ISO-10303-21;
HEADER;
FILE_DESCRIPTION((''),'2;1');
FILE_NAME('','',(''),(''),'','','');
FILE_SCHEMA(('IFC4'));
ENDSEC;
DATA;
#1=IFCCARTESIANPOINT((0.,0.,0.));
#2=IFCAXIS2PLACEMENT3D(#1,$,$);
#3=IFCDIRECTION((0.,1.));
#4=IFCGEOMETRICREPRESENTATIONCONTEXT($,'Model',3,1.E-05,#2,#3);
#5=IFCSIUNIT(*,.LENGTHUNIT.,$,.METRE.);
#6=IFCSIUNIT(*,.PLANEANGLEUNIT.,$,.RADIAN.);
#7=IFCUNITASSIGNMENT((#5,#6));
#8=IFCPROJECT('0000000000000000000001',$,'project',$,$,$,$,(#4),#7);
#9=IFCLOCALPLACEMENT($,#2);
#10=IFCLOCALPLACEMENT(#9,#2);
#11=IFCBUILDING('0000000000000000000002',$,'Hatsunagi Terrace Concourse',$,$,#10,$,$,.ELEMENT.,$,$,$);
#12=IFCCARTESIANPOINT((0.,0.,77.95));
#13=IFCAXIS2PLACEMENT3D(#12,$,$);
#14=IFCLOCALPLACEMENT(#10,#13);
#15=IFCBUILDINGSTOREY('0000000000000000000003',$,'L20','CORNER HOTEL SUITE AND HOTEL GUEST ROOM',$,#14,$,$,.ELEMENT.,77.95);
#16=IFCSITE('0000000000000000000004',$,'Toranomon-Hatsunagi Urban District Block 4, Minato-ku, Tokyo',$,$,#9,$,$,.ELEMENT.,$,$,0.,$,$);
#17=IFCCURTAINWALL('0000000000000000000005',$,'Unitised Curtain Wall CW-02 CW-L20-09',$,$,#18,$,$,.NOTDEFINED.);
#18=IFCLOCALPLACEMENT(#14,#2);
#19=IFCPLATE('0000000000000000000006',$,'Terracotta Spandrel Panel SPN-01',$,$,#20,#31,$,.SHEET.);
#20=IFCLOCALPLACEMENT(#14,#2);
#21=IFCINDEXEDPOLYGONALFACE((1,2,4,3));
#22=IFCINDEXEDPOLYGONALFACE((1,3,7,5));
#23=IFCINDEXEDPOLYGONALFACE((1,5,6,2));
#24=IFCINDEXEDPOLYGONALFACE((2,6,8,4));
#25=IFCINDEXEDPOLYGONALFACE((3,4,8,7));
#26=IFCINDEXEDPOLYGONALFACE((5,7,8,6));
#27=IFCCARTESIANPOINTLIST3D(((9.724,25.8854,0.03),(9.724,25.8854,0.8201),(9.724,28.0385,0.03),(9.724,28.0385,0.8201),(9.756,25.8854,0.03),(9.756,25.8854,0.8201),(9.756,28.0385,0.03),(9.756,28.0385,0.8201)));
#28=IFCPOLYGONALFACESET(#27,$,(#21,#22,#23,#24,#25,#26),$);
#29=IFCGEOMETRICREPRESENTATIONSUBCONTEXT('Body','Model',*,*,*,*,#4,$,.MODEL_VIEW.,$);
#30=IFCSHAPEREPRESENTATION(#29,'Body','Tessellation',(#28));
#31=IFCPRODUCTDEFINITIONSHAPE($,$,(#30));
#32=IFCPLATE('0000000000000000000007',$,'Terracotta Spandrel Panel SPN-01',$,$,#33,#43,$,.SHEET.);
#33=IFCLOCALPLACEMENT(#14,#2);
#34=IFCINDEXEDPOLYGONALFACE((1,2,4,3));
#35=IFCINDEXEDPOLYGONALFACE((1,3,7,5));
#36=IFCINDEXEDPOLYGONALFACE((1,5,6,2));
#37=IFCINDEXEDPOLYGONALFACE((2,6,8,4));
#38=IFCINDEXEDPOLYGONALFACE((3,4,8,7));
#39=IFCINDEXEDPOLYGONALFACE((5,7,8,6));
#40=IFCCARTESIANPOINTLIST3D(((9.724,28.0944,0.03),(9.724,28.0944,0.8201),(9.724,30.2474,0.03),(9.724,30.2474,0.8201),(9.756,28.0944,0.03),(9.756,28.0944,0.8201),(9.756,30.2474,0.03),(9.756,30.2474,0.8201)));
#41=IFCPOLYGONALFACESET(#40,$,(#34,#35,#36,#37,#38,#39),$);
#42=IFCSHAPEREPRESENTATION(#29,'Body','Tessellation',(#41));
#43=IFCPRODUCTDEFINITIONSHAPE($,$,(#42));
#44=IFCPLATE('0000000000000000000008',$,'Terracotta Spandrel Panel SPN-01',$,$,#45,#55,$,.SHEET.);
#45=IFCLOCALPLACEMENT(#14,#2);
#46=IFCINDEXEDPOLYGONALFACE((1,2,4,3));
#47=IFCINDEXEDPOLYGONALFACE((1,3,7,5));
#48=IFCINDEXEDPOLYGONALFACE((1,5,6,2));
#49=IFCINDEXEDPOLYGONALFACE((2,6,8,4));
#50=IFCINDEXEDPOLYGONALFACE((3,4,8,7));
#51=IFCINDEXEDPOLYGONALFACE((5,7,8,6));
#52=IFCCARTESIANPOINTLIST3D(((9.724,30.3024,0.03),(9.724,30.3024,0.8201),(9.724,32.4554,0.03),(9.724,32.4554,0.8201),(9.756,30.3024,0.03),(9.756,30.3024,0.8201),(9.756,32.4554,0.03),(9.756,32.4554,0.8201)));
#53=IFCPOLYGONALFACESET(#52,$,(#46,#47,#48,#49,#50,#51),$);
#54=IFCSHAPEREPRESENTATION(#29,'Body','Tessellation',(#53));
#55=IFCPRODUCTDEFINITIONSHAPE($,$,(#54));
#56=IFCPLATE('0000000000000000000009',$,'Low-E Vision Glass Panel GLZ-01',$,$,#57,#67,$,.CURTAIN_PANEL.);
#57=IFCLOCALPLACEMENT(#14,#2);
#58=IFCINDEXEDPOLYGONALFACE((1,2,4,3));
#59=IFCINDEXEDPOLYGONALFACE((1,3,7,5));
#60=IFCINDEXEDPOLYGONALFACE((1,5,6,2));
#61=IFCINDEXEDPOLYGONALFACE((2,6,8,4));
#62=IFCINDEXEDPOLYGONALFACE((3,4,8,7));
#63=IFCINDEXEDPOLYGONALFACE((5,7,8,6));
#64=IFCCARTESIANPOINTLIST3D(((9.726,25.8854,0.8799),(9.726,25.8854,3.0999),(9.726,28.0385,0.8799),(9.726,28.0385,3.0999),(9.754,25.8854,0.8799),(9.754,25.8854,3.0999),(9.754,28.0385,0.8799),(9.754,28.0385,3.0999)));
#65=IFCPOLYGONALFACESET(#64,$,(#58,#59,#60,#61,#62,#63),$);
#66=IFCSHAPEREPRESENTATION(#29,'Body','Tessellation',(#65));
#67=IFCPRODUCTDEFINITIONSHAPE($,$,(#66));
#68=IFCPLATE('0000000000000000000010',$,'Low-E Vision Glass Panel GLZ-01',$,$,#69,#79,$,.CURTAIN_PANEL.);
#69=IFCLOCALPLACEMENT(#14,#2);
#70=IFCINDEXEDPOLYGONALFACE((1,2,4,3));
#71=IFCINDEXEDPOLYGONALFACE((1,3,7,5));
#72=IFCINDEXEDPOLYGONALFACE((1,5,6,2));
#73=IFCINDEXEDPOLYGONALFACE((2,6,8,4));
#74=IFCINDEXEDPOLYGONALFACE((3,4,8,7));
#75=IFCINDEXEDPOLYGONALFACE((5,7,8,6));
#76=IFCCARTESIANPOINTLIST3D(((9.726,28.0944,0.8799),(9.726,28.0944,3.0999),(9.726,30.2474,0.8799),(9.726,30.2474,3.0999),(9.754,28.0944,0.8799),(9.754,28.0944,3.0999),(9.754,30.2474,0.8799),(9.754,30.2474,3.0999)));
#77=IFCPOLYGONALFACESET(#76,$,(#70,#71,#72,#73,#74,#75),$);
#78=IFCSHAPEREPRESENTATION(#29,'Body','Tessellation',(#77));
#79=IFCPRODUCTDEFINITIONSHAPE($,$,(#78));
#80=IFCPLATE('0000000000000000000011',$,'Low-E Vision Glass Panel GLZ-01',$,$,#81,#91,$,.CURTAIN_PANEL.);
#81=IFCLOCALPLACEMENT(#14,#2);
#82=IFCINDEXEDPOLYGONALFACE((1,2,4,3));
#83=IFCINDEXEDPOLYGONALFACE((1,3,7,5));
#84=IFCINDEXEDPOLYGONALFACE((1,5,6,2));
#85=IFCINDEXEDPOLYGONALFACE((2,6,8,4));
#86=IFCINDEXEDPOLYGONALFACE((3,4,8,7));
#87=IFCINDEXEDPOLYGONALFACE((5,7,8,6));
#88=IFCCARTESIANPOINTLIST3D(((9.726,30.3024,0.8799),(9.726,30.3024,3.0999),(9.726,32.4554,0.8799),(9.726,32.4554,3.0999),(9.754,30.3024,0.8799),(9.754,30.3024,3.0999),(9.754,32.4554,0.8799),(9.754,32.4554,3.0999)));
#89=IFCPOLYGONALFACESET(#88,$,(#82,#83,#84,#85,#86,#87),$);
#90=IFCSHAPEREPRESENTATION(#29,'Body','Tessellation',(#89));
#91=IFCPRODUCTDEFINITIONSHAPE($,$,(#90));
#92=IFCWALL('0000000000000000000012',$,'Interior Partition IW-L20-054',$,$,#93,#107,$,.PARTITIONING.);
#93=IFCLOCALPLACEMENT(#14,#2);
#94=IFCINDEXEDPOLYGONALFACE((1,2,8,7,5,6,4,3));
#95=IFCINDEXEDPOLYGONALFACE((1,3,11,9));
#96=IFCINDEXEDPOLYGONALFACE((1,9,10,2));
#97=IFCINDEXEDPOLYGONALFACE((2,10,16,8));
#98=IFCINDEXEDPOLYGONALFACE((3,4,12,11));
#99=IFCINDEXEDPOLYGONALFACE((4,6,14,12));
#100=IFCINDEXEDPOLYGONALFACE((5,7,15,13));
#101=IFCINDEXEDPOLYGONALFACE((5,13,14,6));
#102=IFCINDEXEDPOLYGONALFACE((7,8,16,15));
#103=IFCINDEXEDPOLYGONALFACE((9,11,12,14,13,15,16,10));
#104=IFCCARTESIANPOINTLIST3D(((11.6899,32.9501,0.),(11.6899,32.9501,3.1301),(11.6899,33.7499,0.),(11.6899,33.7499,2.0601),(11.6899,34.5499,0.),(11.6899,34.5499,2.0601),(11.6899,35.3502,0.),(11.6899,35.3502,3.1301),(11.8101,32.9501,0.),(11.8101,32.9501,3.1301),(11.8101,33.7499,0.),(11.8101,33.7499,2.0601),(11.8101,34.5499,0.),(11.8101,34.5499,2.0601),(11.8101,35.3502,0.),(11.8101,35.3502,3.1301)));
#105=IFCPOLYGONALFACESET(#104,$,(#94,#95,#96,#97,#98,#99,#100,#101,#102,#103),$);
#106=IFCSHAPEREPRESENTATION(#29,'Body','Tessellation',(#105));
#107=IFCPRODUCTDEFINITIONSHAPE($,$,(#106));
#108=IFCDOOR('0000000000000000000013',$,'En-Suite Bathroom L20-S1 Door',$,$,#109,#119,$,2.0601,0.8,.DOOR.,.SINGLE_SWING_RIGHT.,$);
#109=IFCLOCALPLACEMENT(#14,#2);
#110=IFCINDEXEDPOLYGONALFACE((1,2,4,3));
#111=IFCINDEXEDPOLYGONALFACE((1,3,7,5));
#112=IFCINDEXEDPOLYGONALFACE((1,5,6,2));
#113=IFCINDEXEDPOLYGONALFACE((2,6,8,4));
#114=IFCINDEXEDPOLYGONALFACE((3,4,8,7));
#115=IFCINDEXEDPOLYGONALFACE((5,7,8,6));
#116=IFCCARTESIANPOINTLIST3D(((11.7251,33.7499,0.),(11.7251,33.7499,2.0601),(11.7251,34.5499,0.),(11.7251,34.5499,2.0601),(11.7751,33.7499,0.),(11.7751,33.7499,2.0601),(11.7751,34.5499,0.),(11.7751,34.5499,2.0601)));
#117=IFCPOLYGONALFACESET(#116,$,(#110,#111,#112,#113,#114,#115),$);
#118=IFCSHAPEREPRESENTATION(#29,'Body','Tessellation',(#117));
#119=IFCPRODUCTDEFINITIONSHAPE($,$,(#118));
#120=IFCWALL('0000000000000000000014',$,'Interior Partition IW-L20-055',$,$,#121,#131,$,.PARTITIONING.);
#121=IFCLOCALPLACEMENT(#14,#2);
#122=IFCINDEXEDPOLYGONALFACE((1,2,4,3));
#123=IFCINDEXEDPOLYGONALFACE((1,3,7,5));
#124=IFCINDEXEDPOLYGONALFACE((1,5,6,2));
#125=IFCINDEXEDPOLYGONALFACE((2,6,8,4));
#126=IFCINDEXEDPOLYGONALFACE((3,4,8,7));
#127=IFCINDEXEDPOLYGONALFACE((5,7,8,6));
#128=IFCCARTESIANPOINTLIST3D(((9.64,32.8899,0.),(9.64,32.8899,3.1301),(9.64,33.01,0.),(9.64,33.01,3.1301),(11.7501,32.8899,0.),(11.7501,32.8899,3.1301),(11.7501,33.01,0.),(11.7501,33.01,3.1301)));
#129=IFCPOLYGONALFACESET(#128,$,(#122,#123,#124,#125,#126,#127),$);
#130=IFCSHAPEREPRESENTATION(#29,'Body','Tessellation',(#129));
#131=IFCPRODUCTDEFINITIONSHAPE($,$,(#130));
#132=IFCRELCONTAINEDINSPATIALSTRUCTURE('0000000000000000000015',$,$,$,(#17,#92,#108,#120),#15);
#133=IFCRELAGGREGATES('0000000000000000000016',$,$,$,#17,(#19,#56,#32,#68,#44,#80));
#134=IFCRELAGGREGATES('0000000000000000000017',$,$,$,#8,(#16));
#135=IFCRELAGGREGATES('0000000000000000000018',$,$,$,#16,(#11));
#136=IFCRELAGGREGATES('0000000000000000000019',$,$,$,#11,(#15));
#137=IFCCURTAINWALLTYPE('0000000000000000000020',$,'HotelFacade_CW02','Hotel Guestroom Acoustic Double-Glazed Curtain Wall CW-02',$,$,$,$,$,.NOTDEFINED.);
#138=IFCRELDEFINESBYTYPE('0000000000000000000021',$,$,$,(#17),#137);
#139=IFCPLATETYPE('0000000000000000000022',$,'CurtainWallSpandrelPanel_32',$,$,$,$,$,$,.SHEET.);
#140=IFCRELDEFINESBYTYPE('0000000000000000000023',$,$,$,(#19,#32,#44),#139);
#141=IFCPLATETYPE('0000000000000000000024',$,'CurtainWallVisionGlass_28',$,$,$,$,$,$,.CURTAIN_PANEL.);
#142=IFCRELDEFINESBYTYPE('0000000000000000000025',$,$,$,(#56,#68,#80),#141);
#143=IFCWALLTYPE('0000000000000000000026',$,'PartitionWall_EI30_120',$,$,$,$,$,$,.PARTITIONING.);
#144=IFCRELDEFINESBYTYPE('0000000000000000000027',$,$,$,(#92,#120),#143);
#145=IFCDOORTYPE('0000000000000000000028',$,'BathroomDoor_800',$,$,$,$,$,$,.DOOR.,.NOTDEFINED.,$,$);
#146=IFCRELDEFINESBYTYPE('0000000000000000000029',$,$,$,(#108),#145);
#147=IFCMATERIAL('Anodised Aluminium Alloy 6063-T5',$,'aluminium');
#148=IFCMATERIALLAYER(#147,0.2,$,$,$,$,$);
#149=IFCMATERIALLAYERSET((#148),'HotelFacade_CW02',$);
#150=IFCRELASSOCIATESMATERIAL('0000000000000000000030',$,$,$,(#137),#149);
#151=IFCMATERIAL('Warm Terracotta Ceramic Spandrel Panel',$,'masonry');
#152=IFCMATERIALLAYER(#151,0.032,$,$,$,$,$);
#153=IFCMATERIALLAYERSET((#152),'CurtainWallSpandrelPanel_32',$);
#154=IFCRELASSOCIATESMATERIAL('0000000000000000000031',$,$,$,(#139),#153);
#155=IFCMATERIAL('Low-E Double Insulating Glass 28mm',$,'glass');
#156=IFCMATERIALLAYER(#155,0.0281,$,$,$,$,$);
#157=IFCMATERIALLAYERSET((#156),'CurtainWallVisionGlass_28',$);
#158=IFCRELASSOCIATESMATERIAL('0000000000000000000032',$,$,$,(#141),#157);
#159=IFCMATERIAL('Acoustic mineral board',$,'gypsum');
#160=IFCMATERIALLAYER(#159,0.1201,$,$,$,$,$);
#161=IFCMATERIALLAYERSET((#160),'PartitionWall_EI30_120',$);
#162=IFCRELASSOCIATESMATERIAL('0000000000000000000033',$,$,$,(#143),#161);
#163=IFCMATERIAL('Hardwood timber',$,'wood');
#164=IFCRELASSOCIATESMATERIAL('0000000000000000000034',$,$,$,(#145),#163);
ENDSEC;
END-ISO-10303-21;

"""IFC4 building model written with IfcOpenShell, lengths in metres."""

from ifc_helpers import new_model, si_unit, direction, frame, frame_2d, origin, origin_2d, place, context, subcontext, project, spatial, rectangle, extrude, material, layer, layer_set, type_object, element, fill, aggregate, save


model = new_model("IFC4")

# Units and contexts
model_context = context("Model", 3, precision=1e-05, world=origin(), true_north=direction((0.0, 1.0)))
body_context = subcontext(model_context, "Body", "Model", "MODEL_VIEW")
ifc_project = project(units=[si_unit("LENGTHUNIT", "METRE"), si_unit("PLANEANGLEUNIT", "RADIAN")], contexts=[model_context])

# Site, building, storey
site_placement = place(None, origin())
site = spatial("IfcSite", under=ifc_project, at=site_placement, Name="Toranomon-Hatsunagi Urban District Block 4, Minato-ku, Tokyo", CompositionType="ELEMENT", RefElevation=0.0)
building_placement = place(site_placement, origin())
building = spatial("IfcBuilding", under=site, at=building_placement, Name="Hatsunagi Terrace Concourse", CompositionType="ELEMENT")
storey_placement = place(building_placement, frame((0.0, 0.0, 77.95)))
storey = spatial("IfcBuildingStorey", under=building, at=storey_placement, Name="L20", Description="CORNER HOTEL SUITE AND HOTEL GUEST ROOM", CompositionType="ELEMENT", Elevation=77.95)

# Curtain wall
ifc_material_1 = material(Name="Anodised Aluminium Alloy 6063-T5", Category="aluminium")
ifc_layer_1 = layer(ifc_material_1, 0.2)
ifc_layer_set_1 = layer_set([ifc_layer_1], Name="HotelFacade_CW02")
curtain_wall_type = type_object("IfcCurtainWallType", Name="HotelFacade_CW02", Description="Hotel Guestroom Acoustic Double-Glazed Curtain Wall CW-02", PredefinedType="NOTDEFINED", material=ifc_layer_set_1)
curtain_wall_placement = place(storey_placement, origin())
curtain_wall = element("IfcCurtainWall", 1, at=curtain_wall_placement, inside=storey, type_object=curtain_wall_type, Name="Unitised Curtain Wall CW-02 CW-L20-09", PredefinedType="NOTDEFINED")

# Plates
ifc_material_2 = material(Name="Warm Terracotta Ceramic Spandrel Panel", Category="masonry")
ifc_layer_2 = layer(ifc_material_2, 0.032)
ifc_layer_set_2 = layer_set([ifc_layer_2], Name="CurtainWallSpandrelPanel_32")
plate_type_1 = type_object("IfcPlateType", Name="CurtainWallSpandrelPanel_32", PredefinedType="SHEET", material=ifc_layer_set_2)
plate_1_placement = place(storey_placement, frame((9.74, 26.9619, 0.03), z_axis=(0.0, 0.0, 1.0), x_axis=(0.0, 1.0, 0.0)))
plate_1 = element("IfcPlate", 2, at=plate_1_placement, type_object=plate_type_1, Name="Terracotta Spandrel Panel SPN-01", PredefinedType="SHEET", context=body_context, shape_type="SweptSolid", body=[
    extrude(rectangle(XDim=2.1531, YDim=0.032, at=origin_2d()), origin(), (0.0, 0.0, 1.0), 0.79),
])
plate_2_placement = place(storey_placement, frame((9.74, 29.1709, 0.03), z_axis=(0.0, 0.0, 1.0), x_axis=(0.0, 1.0, 0.0)))
plate_2 = element("IfcPlate", 3, at=plate_2_placement, type_object=plate_type_1, Name="Terracotta Spandrel Panel SPN-01", PredefinedType="SHEET", context=body_context, shape_type="SweptSolid", body=[
    extrude(rectangle(XDim=2.1531, YDim=0.032, at=origin_2d()), origin(), (0.0, 0.0, 1.0), 0.79),
])
plate_3_placement = place(storey_placement, frame((9.74, 31.3789, 0.03), z_axis=(0.0, 0.0, 1.0), x_axis=(0.0, 1.0, 0.0)))
plate_3 = element("IfcPlate", 4, at=plate_3_placement, type_object=plate_type_1, Name="Terracotta Spandrel Panel SPN-01", PredefinedType="SHEET", context=body_context, shape_type="SweptSolid", body=[
    extrude(rectangle(XDim=2.1531, YDim=0.032, at=origin_2d()), origin(), (0.0, 0.0, 1.0), 0.79),
])
ifc_material_3 = material(Name="Low-E Double Insulating Glass 28mm", Category="glass")
ifc_layer_3 = layer(ifc_material_3, 0.0281)
ifc_layer_set_3 = layer_set([ifc_layer_3], Name="CurtainWallVisionGlass_28")
plate_type_2 = type_object("IfcPlateType", Name="CurtainWallVisionGlass_28", PredefinedType="CURTAIN_PANEL", material=ifc_layer_set_3)
plate_4_placement = place(storey_placement, frame((9.74, 26.9619, 0.8799), z_axis=(0.0, 0.0, 1.0), x_axis=(0.0, 1.0, 0.0)))
plate_4 = element("IfcPlate", 5, at=plate_4_placement, type_object=plate_type_2, Name="Low-E Vision Glass Panel GLZ-01", PredefinedType="CURTAIN_PANEL", context=body_context, shape_type="SweptSolid", body=[
    extrude(rectangle(XDim=2.1531, YDim=0.0281, at=origin_2d()), origin(), (0.0, 0.0, 1.0), 2.22),
])
plate_5_placement = place(storey_placement, frame((9.74, 29.1709, 0.8799), z_axis=(0.0, 0.0, 1.0), x_axis=(0.0, 1.0, 0.0)))
plate_5 = element("IfcPlate", 6, at=plate_5_placement, type_object=plate_type_2, Name="Low-E Vision Glass Panel GLZ-01", PredefinedType="CURTAIN_PANEL", context=body_context, shape_type="SweptSolid", body=[
    extrude(rectangle(XDim=2.1531, YDim=0.0281, at=origin_2d()), origin(), (0.0, 0.0, 1.0), 2.22),
])
plate_6_placement = place(storey_placement, frame((9.74, 31.3789, 0.8799), z_axis=(0.0, 0.0, 1.0), x_axis=(0.0, 1.0, 0.0)))
plate_6 = element("IfcPlate", 7, at=plate_6_placement, type_object=plate_type_2, Name="Low-E Vision Glass Panel GLZ-01", PredefinedType="CURTAIN_PANEL", context=body_context, shape_type="SweptSolid", body=[
    extrude(rectangle(XDim=2.1531, YDim=0.0281, at=origin_2d()), origin(), (0.0, 0.0, 1.0), 2.22),
])
aggregate(curtain_wall, [plate_1, plate_4, plate_2, plate_5, plate_3, plate_6])

# Wall, opening, door
ifc_material_4 = material(Name="Acoustic mineral board", Category="gypsum")
ifc_layer_4 = layer(ifc_material_4, 0.1201)
ifc_layer_set_4 = layer_set([ifc_layer_4], Name="PartitionWall_EI30_120")
wall_type = type_object("IfcWallType", Name="PartitionWall_EI30_120", PredefinedType="PARTITIONING", material=ifc_layer_set_4)
wall_1_placement = place(storey_placement, frame((11.75, 32.95, 0.0), z_axis=(0.0, 0.0, 1.0), x_axis=(0.0, 1.0, 0.0)))
wall_1 = element("IfcWall", 8, at=wall_1_placement, inside=storey, type_object=wall_type, Name="Interior Partition IW-L20-054", PredefinedType="PARTITIONING", context=body_context, shape_type="SweptSolid", body=[
    extrude(rectangle(XDim=2.4001, YDim=0.1201, at=frame_2d((1.2002, 0.0))), origin(), (0.0, 0.0, 1.0), 3.1301),
])
opening_placement = place(wall_1_placement, frame((0.8, 0.0, 0.0)))
opening = element("IfcOpeningElement", 9, at=opening_placement, cuts=wall_1, PredefinedType="OPENING", context=body_context, shape_type="SweptSolid", body=[
    extrude(rectangle(XDim=0.8, YDim=2.0601, at=frame_2d((0.3999, 1.03))), frame((0.0, 0.0701, 0.0), z_axis=(0.0, -1.0, 0.0), x_axis=(1.0, 0.0, 0.0)), (0.0, 0.0, 1.0), 0.1401),
])
ifc_material_5 = material(Name="Hardwood timber", Category="wood")
door_type = type_object("IfcDoorType", Name="BathroomDoor_800", OperationType="NOTDEFINED", PredefinedType="DOOR", material=ifc_material_5)
door_placement = place(opening_placement, origin())
door = element("IfcDoor", 10, at=door_placement, inside=storey, type_object=door_type, Name="En-Suite Bathroom L20-S1 Door", OperationType="SINGLE_SWING_RIGHT", OverallHeight=2.0601, OverallWidth=0.8, PredefinedType="DOOR", context=body_context, shape_type="SweptSolid", body=[
    extrude(rectangle(XDim=0.8, YDim=2.0601, at=frame_2d((0.3999, 1.03))), frame((0.0, 0.0249, 0.0), z_axis=(0.0, -1.0, 0.0), x_axis=(1.0, 0.0, 0.0)), (0.0, 0.0, 1.0), 0.05),
])
fill(opening, door)

# Wall
wall_2_placement = place(storey_placement, frame((9.6399, 32.95, 0.0), z_axis=(0.0, 0.0, 1.0), x_axis=(1.0, 0.0, 0.0)))
element("IfcWall", 11, at=wall_2_placement, inside=storey, type_object=wall_type, Name="Interior Partition IW-L20-055", PredefinedType="PARTITIONING", context=body_context, shape_type="SweptSolid", body=[
    extrude(rectangle(XDim=2.1101, YDim=0.1201, at=frame_2d((1.0552, 0.0))), origin(), (0.0, 0.0, 1.0), 3.1301),
])

save(model, "model.ifc")
